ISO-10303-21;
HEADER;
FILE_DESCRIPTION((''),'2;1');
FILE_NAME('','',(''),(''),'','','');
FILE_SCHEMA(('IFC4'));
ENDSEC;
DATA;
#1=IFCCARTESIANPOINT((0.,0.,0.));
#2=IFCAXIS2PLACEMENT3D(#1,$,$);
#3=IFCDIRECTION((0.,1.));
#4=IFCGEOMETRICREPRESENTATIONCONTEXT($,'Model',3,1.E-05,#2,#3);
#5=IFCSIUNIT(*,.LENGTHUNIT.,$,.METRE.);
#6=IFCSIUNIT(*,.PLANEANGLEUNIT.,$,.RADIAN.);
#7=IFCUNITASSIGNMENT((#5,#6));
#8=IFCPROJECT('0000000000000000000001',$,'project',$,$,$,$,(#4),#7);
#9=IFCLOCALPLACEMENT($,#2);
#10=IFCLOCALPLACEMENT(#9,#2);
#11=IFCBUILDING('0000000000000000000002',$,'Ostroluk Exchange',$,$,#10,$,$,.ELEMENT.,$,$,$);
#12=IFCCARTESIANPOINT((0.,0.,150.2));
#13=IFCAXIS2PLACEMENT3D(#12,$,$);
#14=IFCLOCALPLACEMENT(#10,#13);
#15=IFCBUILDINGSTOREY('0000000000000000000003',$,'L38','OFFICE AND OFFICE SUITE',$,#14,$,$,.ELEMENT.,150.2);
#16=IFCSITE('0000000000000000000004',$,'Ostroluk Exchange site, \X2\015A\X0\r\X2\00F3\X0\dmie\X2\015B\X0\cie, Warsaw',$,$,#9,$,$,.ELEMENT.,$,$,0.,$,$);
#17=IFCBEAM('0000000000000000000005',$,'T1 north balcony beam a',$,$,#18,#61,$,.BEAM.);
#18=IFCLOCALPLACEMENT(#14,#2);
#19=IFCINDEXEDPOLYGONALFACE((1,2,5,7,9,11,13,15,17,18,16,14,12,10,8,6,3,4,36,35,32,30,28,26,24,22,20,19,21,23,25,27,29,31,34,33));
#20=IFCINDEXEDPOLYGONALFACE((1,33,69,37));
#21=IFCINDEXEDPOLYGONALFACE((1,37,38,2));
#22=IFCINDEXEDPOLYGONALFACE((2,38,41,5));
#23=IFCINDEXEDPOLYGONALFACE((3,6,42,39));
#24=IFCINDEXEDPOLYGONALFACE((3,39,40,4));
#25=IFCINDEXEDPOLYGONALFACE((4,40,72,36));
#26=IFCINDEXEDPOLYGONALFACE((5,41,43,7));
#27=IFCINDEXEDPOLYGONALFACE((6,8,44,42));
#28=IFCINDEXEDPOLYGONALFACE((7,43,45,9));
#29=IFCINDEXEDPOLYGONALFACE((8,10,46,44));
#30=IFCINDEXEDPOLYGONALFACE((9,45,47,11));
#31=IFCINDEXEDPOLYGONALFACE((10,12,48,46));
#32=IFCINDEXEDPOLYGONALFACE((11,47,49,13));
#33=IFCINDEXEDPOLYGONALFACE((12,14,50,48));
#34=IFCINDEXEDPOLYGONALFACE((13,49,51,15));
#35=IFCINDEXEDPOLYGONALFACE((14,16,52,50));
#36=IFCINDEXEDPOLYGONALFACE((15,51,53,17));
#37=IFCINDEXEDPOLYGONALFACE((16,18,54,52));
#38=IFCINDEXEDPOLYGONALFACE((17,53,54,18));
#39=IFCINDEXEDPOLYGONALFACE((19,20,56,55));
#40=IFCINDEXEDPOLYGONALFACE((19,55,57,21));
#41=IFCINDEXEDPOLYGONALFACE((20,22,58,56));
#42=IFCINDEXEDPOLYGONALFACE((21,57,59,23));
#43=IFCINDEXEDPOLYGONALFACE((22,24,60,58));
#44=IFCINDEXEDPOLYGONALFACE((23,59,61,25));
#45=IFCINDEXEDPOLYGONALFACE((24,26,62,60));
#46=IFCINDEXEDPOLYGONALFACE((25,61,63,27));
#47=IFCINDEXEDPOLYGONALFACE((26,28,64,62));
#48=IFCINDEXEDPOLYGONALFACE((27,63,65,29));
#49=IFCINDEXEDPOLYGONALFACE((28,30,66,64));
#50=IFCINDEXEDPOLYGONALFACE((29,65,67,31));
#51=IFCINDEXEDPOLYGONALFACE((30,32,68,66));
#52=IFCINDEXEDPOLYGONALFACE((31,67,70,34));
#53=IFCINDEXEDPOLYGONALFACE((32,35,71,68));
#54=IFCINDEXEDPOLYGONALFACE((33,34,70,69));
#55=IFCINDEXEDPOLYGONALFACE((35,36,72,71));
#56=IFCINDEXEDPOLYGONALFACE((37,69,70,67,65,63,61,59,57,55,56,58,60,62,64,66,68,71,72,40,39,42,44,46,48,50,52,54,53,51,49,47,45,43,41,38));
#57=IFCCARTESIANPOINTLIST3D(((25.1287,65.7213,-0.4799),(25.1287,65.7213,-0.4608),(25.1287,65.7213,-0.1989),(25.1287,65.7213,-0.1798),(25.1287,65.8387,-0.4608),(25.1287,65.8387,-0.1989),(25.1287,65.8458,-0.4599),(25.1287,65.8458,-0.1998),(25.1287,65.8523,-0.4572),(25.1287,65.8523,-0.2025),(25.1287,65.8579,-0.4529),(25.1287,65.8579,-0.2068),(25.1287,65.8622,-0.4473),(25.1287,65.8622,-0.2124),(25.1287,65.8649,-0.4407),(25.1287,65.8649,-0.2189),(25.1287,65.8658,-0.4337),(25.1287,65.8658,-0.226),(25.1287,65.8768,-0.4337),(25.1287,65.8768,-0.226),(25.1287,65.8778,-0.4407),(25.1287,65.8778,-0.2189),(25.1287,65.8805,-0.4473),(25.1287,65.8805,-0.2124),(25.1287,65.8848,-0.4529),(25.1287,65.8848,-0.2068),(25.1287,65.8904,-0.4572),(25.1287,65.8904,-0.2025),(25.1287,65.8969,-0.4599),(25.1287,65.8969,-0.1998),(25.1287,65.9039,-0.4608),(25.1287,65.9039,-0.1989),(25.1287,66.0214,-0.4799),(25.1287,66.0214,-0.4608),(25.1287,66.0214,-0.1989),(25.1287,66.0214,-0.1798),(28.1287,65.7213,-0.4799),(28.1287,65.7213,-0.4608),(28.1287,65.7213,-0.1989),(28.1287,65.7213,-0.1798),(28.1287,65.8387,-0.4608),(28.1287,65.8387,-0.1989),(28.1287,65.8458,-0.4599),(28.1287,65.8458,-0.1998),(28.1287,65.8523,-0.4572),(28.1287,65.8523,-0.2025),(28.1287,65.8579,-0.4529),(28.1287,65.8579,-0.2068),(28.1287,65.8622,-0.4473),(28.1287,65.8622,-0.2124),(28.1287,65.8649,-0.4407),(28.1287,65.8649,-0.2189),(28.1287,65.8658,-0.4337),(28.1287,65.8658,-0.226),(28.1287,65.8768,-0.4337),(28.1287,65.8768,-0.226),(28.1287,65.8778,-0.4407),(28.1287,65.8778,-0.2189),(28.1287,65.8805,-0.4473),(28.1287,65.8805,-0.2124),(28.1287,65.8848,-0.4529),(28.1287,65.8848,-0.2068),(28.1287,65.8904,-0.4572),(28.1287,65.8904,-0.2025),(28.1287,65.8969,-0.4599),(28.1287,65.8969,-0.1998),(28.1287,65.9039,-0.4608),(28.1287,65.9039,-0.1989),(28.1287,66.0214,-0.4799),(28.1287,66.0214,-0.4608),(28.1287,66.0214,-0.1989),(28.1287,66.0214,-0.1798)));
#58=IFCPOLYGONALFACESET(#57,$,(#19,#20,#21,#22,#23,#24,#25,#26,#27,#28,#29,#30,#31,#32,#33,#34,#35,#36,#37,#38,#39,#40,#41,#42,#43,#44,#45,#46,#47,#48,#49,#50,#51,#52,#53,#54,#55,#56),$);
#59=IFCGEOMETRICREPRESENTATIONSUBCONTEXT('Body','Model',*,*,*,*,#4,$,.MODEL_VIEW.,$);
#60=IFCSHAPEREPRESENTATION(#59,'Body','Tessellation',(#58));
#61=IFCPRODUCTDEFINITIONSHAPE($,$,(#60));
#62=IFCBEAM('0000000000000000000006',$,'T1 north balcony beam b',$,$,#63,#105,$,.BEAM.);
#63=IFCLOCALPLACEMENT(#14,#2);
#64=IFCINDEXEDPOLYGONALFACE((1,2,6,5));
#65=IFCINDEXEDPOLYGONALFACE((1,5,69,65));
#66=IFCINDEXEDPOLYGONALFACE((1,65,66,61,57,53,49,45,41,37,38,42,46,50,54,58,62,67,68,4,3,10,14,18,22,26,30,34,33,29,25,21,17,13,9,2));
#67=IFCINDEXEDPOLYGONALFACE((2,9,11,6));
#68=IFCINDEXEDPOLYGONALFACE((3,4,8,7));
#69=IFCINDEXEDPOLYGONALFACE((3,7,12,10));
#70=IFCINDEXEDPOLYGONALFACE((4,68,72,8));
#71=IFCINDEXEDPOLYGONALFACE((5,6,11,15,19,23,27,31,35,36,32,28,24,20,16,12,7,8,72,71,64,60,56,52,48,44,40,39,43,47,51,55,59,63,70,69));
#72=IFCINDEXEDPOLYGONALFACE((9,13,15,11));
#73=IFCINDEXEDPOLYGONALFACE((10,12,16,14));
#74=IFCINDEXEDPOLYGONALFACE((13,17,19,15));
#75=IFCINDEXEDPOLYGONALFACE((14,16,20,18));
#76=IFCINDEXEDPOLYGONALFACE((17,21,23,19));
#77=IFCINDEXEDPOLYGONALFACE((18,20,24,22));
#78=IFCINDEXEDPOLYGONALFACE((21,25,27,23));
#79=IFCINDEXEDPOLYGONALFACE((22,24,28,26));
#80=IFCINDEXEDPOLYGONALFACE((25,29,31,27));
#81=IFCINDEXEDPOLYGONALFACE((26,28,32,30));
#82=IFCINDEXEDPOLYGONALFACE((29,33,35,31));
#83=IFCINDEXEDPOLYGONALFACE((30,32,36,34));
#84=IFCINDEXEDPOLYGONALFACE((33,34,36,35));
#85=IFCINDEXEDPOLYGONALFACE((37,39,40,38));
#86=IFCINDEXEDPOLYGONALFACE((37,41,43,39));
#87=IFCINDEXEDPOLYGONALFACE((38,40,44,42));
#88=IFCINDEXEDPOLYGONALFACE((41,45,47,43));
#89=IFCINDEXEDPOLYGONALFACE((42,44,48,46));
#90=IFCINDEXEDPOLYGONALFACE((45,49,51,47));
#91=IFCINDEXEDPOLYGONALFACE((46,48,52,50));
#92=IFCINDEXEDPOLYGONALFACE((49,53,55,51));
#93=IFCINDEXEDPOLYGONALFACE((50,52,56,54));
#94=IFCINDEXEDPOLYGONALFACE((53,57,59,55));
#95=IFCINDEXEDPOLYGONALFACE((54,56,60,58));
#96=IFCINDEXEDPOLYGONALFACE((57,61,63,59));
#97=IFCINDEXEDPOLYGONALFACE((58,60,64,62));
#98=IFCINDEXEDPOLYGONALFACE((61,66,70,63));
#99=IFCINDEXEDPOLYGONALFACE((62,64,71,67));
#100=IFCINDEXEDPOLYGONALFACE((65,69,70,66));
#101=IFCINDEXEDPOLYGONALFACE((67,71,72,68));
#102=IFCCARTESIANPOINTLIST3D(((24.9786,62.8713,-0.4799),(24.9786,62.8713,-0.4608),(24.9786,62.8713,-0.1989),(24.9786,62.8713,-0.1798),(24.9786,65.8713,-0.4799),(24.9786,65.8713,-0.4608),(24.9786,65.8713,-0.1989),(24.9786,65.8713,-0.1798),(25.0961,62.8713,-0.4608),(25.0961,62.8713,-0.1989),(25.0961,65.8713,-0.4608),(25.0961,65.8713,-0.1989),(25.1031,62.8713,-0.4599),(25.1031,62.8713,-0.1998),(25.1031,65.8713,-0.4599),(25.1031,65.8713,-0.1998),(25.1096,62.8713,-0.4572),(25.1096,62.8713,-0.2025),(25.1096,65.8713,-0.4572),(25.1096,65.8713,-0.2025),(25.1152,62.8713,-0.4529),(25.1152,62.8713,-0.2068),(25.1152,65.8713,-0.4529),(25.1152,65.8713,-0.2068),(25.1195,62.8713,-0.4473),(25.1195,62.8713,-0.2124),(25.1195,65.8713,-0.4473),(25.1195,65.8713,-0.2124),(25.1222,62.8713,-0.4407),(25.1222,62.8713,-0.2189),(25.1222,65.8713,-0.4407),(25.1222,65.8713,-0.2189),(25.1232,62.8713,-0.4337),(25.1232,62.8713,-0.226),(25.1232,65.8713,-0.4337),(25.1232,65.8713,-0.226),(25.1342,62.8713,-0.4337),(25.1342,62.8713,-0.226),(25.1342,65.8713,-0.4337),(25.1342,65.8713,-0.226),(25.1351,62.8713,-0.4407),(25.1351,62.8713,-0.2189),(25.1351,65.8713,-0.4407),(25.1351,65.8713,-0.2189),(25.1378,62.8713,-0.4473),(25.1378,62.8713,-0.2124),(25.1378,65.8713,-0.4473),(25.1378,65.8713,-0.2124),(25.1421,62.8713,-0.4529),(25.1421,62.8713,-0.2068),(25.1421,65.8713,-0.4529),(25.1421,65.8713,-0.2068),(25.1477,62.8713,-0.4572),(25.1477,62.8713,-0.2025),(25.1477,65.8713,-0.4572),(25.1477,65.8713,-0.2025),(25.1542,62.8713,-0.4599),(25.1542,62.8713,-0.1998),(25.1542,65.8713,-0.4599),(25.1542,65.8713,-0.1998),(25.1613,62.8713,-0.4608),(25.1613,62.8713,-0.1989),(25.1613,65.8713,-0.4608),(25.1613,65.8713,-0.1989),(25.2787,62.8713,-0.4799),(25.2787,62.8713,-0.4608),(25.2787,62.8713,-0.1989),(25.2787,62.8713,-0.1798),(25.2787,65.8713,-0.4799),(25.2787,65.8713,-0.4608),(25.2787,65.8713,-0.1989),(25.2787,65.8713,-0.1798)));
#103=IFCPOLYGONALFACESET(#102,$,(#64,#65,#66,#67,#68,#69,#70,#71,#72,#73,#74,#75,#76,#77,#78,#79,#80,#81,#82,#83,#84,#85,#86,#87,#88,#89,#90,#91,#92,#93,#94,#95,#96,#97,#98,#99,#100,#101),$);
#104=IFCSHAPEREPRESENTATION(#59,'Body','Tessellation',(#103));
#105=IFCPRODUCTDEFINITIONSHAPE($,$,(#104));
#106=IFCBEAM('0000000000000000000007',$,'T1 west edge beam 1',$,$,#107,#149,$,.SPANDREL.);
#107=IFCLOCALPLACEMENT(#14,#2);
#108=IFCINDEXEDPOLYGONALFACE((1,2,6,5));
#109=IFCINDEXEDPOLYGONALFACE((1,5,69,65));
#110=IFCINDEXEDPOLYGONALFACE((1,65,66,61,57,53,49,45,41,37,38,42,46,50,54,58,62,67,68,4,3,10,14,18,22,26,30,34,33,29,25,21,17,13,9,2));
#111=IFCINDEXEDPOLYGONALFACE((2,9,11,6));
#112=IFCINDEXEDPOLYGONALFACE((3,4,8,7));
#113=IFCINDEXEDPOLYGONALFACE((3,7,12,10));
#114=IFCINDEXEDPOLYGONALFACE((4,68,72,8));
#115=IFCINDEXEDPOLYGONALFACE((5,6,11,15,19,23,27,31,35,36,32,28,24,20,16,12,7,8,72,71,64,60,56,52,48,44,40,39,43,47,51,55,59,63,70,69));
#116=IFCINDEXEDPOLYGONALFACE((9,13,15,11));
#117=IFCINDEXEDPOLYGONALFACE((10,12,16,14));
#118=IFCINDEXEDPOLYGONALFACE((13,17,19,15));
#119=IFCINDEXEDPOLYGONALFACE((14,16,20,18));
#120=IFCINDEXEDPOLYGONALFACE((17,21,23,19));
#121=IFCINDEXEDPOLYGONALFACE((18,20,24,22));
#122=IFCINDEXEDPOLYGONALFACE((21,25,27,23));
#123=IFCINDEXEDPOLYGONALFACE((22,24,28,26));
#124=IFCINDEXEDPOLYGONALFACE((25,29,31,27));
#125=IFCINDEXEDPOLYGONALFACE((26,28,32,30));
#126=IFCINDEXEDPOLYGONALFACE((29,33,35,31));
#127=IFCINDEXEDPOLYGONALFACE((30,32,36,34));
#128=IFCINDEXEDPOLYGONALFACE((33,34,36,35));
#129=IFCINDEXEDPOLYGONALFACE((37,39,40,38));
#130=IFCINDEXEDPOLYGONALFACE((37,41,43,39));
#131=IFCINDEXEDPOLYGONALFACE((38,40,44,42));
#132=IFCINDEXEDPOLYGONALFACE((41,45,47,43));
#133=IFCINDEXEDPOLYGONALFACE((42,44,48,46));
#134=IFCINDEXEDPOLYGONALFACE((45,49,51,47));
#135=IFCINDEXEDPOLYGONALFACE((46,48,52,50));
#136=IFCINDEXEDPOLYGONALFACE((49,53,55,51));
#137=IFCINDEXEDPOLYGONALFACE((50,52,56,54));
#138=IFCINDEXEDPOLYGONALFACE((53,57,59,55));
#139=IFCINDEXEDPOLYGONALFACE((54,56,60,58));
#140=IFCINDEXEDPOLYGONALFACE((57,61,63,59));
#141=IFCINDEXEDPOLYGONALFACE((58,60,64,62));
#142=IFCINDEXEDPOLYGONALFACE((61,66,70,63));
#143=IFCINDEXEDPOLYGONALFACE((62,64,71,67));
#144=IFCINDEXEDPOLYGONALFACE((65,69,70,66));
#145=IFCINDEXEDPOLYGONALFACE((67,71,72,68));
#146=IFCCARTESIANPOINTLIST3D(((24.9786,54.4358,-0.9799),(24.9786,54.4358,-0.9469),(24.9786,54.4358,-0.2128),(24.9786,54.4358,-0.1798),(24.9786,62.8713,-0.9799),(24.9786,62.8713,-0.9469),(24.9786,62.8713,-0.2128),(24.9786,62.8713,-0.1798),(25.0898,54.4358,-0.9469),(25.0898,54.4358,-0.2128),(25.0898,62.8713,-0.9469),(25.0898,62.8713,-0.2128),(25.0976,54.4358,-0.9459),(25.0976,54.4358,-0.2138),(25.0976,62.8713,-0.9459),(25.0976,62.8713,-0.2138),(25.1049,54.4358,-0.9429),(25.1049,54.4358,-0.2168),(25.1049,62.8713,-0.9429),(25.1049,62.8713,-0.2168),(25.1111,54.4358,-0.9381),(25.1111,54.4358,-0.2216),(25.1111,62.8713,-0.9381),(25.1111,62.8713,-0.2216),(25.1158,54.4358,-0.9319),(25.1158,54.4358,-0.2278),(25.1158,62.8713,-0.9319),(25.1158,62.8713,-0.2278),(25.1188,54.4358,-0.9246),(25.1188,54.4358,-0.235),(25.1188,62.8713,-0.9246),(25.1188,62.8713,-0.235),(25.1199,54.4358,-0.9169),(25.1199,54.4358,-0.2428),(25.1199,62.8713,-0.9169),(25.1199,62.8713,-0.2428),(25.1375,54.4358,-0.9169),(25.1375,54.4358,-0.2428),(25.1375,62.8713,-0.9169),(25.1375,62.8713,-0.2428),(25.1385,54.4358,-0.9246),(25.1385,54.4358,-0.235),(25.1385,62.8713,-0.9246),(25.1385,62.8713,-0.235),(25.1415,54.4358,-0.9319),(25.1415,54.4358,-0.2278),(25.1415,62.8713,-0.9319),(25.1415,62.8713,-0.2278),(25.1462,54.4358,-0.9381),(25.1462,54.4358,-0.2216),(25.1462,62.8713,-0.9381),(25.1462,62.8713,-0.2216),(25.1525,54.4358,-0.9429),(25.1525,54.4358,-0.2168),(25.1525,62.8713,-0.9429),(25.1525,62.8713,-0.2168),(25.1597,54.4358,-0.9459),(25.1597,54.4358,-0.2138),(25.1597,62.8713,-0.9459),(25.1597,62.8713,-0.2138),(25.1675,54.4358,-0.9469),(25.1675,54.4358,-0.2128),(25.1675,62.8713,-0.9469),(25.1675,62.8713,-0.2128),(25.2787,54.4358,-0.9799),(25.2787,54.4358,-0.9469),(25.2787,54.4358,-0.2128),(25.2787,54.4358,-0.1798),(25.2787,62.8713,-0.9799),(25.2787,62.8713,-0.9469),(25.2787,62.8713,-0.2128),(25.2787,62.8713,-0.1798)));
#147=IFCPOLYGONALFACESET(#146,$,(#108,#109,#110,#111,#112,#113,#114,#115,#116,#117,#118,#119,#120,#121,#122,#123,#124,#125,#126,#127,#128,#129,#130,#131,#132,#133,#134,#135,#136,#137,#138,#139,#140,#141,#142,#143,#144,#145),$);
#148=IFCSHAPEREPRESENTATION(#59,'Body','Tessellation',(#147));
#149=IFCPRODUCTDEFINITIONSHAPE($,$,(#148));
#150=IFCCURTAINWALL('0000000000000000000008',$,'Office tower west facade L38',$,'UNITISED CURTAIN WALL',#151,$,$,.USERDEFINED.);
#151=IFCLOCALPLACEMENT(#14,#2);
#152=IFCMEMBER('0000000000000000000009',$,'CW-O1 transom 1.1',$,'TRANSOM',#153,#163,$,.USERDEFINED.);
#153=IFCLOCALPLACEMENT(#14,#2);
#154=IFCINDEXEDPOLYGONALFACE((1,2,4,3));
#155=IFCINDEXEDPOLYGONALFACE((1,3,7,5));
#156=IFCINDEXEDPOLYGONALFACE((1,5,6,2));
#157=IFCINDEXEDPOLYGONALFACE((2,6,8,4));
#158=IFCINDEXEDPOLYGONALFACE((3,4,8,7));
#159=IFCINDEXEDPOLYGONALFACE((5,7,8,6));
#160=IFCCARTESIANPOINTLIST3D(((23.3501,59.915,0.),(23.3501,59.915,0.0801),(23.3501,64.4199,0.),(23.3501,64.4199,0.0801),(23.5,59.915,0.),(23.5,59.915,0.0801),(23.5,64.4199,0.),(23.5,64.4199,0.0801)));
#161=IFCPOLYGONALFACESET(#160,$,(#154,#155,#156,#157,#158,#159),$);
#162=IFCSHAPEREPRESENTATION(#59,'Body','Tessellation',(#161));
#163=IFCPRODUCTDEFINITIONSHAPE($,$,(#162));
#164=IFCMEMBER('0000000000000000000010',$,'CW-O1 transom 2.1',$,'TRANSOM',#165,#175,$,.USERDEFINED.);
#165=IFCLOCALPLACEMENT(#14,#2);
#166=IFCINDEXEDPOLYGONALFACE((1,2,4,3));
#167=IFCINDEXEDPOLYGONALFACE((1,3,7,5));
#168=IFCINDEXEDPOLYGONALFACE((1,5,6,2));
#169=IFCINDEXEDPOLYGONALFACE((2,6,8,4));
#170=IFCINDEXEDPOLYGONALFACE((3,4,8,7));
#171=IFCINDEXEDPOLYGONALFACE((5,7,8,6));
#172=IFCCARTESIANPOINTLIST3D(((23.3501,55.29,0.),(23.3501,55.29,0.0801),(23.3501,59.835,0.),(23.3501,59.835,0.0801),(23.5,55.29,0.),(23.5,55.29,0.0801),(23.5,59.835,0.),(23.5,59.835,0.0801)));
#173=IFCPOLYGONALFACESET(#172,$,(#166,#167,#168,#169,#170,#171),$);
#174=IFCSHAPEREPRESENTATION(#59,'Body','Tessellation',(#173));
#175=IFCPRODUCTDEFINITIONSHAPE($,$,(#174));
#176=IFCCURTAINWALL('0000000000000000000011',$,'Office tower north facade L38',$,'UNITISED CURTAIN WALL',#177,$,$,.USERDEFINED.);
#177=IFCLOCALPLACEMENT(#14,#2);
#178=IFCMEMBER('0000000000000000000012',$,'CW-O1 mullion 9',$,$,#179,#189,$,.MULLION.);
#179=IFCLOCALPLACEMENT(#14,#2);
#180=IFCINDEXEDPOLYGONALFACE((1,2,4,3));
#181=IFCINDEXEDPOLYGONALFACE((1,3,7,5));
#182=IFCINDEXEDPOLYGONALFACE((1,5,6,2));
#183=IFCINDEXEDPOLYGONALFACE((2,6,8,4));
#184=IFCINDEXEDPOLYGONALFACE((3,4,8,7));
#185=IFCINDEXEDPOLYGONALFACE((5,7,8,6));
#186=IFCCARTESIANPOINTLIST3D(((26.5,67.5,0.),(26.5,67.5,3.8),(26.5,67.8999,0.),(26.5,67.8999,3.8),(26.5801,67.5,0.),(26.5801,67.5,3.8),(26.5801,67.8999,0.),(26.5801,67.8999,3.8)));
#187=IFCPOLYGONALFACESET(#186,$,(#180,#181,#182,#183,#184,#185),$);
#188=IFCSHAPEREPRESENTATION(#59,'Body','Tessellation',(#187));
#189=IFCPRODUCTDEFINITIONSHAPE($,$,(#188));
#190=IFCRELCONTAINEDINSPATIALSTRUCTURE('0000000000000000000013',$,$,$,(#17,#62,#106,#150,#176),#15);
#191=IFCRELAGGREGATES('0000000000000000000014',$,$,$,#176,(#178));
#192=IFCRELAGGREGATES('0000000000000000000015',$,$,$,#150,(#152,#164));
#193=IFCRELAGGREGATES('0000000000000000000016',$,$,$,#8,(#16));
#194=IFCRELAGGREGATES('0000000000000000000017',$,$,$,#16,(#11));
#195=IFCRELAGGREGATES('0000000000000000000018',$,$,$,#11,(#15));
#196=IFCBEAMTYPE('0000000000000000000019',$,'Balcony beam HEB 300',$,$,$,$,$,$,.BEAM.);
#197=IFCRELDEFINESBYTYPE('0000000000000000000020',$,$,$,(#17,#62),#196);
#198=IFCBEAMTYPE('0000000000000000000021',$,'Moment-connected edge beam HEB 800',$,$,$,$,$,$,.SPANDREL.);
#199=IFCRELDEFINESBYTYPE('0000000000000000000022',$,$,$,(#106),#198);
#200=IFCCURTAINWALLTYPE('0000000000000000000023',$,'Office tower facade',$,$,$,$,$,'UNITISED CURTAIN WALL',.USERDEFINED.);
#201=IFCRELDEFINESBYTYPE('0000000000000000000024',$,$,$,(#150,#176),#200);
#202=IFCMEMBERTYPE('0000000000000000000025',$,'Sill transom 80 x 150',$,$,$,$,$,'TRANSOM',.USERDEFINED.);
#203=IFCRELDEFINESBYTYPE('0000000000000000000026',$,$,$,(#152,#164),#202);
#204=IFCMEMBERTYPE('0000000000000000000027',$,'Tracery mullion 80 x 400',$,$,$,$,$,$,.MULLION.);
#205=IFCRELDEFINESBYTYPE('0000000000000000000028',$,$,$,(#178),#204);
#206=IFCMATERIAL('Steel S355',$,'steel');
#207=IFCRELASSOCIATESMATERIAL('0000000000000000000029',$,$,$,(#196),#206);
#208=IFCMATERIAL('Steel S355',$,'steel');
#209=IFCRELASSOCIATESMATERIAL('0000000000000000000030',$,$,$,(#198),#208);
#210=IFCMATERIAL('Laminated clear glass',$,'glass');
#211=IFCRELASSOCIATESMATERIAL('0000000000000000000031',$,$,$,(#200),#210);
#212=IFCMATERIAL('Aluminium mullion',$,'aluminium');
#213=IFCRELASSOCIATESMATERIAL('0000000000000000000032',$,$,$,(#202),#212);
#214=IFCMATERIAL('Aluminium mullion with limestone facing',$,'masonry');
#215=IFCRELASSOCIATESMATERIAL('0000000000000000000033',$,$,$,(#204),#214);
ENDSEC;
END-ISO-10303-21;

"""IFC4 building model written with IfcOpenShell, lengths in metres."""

from ifc_helpers import new_model, si_unit, direction, frame, origin, origin_2d, place, context, subcontext, project, spatial, rectangle, i_section, extrude, material, material_profile, profile_set, type_object, element, aggregate, save


model = new_model("IFC4")

# Units and contexts
model_context = context("Model", 3, precision=1e-05, world=origin(), true_north=direction((0.0, 1.0)))
body_context = subcontext(model_context, "Body", "Model", "MODEL_VIEW")
ifc_project = project(units=[si_unit("LENGTHUNIT", "METRE"), si_unit("PLANEANGLEUNIT", "RADIAN")], contexts=[model_context])

# Site, building, storey
site_placement = place(None, origin())
site = spatial("IfcSite", under=ifc_project, at=site_placement, Name="Ostroluk Exchange site, Śródmieście, Warsaw", CompositionType="ELEMENT", RefElevation=0.0)
building_placement = place(site_placement, origin())
building = spatial("IfcBuilding", under=site, at=building_placement, Name="Ostroluk Exchange", CompositionType="ELEMENT")
storey_placement = place(building_placement, frame((0.0, 0.0, 150.2)))
storey = spatial("IfcBuildingStorey", under=building, at=storey_placement, Name="L38", Description="OFFICE AND OFFICE SUITE", CompositionType="ELEMENT", Elevation=150.2)

# Beams
ifc_material_1 = material(Name="Steel S355", Category="steel")
ifc_material_profile_1 = material_profile(ifc_material_1, i_section(OverallWidth=0.3, OverallDepth=0.3, WebThickness=0.011, FlangeThickness=0.019, FilletRadius=0.0271, at=origin_2d()), Name="HEB 300")
ifc_profile_set_1 = profile_set([ifc_material_profile_1], Name="Steel S355")
beam_type_1 = type_object("IfcBeamType", Name="Balcony beam HEB 300", PredefinedType="BEAM", material=ifc_profile_set_1)
for number, where, z_axis, x_axis, name in (
    (1, (28.1287, 65.8713, -0.3298), (-1.0, 0.0, 0.0), (0.0, -1.0, 0.0), "T1 north balcony beam a"),
    (2, (25.1287, 62.8713, -0.3298), (0.0, 1.0, 0.0), (-1.0, 0.0, 0.0), "T1 north balcony beam b"),
):
    element("IfcBeam", number, at=place(storey_placement, frame(where, z_axis=z_axis, x_axis=x_axis)), inside=storey, type_object=beam_type_1, Name=name, PredefinedType="BEAM", context=body_context, shape_type="SweptSolid", body=[
        extrude(i_section(OverallWidth=0.3, OverallDepth=0.3, WebThickness=0.011, FlangeThickness=0.019, FilletRadius=0.0271, at=origin_2d()), origin(), (0.0, 0.0, 1.0), 3.0),
    ])
ifc_material_2 = material(Name="Steel S355", Category="steel")
ifc_material_profile_2 = material_profile(ifc_material_2, i_section(OverallWidth=0.3, OverallDepth=0.8, WebThickness=0.0176, FlangeThickness=0.033, FilletRadius=0.03, at=origin_2d()), Name="HEB 800")
ifc_profile_set_2 = profile_set([ifc_material_profile_2], Name="Steel S355")
beam_type_2 = type_object("IfcBeamType", Name="Moment-connected edge beam HEB 800", PredefinedType="SPANDREL", material=ifc_profile_set_2)
beam_placement = place(storey_placement, frame((25.1287, 62.8713, -0.5798), z_axis=(0.0, -1.0, 0.0), x_axis=(1.0, 0.0, 0.0)))
element("IfcBeam", 3, at=beam_placement, inside=storey, type_object=beam_type_2, Name="T1 west edge beam 1", PredefinedType="SPANDREL", context=body_context, shape_type="SweptSolid", body=[
    extrude(i_section(OverallWidth=0.3, OverallDepth=0.8, WebThickness=0.0176, FlangeThickness=0.033, FilletRadius=0.03, at=origin_2d()), origin(), (0.0, 0.0, 1.0), 8.4355),
])

# Curtain wall, members
ifc_material_3 = material(Name="Laminated clear glass", Category="glass")
curtain_wall_type = type_object("IfcCurtainWallType", Name="Office tower facade", ElementType="UNITISED CURTAIN WALL", PredefinedType="USERDEFINED", material=ifc_material_3)
curtain_wall_1_placement = place(storey_placement, origin())
curtain_wall_1 = element("IfcCurtainWall", 4, at=curtain_wall_1_placement, inside=storey, type_object=curtain_wall_type, Name="Office tower west facade L38", ObjectType="UNITISED CURTAIN WALL", PredefinedType="USERDEFINED")
ifc_material_4 = material(Name="Aluminium mullion", Category="aluminium")
ifc_material_profile_3 = material_profile(ifc_material_4, rectangle(XDim=0.1499, YDim=0.0801, at=origin_2d()), Name="Sill transom 80 x 150")
ifc_profile_set_3 = profile_set([ifc_material_profile_3], Name="Aluminium mullion")
member_type_1 = type_object("IfcMemberType", Name="Sill transom 80 x 150", ElementType="TRANSOM", PredefinedType="USERDEFINED", material=ifc_profile_set_3)
member_1_placement = place(storey_placement, frame((23.425, 64.4199, 0.04), z_axis=(0.0, -1.0, 0.0), x_axis=(1.0, 0.0, 0.0)))
member_1 = element("IfcMember", 5, at=member_1_placement, type_object=member_type_1, Name="CW-O1 transom 1.1", ObjectType="TRANSOM", PredefinedType="USERDEFINED", context=body_context, shape_type="SweptSolid", body=[
    extrude(rectangle(XDim=0.1499, YDim=0.0801, at=origin_2d()), origin(), (0.0, 0.0, 1.0), 4.5049),
])
member_2_placement = place(storey_placement, frame((23.425, 59.835, 0.04), z_axis=(0.0, -1.0, 0.0), x_axis=(1.0, 0.0, 0.0)))
member_2 = element("IfcMember", 6, at=member_2_placement, type_object=member_type_1, Name="CW-O1 transom 2.1", ObjectType="TRANSOM", PredefinedType="USERDEFINED", context=body_context, shape_type="SweptSolid", body=[
    extrude(rectangle(XDim=0.1499, YDim=0.0801, at=origin_2d()), origin(), (0.0, 0.0, 1.0), 4.5449),
])

# Curtain wall, member
curtain_wall_2_placement = place(storey_placement, origin())
curtain_wall_2 = element("IfcCurtainWall", 7, at=curtain_wall_2_placement, inside=storey, type_object=curtain_wall_type, Name="Office tower north facade L38", ObjectType="UNITISED CURTAIN WALL", PredefinedType="USERDEFINED")
ifc_material_5 = material(Name="Aluminium mullion with limestone facing", Category="masonry")
ifc_material_profile_4 = material_profile(ifc_material_5, rectangle(XDim=0.3999, YDim=0.0801, at=origin_2d()), Name="Tracery mullion 80 x 400")
ifc_profile_set_4 = profile_set([ifc_material_profile_4], Name="Aluminium mullion with limestone facing")
member_type_2 = type_object("IfcMemberType", Name="Tracery mullion 80 x 400", PredefinedType="MULLION", material=ifc_profile_set_4)
member_3_placement = place(storey_placement, frame((26.54, 67.7, 0.0), z_axis=(0.0, 0.0, 1.0), x_axis=(0.0, -1.0, 0.0)))
member_3 = element("IfcMember", 8, at=member_3_placement, type_object=member_type_2, Name="CW-O1 mullion 9", PredefinedType="MULLION", context=body_context, shape_type="SweptSolid", body=[
    extrude(rectangle(XDim=0.3999, YDim=0.0801, at=origin_2d()), origin(), (0.0, 0.0, 1.0), 3.8),
])

aggregate(curtain_wall_2, [member_3])
aggregate(curtain_wall_1, [member_1, member_2])

save(model, "model.ifc")
